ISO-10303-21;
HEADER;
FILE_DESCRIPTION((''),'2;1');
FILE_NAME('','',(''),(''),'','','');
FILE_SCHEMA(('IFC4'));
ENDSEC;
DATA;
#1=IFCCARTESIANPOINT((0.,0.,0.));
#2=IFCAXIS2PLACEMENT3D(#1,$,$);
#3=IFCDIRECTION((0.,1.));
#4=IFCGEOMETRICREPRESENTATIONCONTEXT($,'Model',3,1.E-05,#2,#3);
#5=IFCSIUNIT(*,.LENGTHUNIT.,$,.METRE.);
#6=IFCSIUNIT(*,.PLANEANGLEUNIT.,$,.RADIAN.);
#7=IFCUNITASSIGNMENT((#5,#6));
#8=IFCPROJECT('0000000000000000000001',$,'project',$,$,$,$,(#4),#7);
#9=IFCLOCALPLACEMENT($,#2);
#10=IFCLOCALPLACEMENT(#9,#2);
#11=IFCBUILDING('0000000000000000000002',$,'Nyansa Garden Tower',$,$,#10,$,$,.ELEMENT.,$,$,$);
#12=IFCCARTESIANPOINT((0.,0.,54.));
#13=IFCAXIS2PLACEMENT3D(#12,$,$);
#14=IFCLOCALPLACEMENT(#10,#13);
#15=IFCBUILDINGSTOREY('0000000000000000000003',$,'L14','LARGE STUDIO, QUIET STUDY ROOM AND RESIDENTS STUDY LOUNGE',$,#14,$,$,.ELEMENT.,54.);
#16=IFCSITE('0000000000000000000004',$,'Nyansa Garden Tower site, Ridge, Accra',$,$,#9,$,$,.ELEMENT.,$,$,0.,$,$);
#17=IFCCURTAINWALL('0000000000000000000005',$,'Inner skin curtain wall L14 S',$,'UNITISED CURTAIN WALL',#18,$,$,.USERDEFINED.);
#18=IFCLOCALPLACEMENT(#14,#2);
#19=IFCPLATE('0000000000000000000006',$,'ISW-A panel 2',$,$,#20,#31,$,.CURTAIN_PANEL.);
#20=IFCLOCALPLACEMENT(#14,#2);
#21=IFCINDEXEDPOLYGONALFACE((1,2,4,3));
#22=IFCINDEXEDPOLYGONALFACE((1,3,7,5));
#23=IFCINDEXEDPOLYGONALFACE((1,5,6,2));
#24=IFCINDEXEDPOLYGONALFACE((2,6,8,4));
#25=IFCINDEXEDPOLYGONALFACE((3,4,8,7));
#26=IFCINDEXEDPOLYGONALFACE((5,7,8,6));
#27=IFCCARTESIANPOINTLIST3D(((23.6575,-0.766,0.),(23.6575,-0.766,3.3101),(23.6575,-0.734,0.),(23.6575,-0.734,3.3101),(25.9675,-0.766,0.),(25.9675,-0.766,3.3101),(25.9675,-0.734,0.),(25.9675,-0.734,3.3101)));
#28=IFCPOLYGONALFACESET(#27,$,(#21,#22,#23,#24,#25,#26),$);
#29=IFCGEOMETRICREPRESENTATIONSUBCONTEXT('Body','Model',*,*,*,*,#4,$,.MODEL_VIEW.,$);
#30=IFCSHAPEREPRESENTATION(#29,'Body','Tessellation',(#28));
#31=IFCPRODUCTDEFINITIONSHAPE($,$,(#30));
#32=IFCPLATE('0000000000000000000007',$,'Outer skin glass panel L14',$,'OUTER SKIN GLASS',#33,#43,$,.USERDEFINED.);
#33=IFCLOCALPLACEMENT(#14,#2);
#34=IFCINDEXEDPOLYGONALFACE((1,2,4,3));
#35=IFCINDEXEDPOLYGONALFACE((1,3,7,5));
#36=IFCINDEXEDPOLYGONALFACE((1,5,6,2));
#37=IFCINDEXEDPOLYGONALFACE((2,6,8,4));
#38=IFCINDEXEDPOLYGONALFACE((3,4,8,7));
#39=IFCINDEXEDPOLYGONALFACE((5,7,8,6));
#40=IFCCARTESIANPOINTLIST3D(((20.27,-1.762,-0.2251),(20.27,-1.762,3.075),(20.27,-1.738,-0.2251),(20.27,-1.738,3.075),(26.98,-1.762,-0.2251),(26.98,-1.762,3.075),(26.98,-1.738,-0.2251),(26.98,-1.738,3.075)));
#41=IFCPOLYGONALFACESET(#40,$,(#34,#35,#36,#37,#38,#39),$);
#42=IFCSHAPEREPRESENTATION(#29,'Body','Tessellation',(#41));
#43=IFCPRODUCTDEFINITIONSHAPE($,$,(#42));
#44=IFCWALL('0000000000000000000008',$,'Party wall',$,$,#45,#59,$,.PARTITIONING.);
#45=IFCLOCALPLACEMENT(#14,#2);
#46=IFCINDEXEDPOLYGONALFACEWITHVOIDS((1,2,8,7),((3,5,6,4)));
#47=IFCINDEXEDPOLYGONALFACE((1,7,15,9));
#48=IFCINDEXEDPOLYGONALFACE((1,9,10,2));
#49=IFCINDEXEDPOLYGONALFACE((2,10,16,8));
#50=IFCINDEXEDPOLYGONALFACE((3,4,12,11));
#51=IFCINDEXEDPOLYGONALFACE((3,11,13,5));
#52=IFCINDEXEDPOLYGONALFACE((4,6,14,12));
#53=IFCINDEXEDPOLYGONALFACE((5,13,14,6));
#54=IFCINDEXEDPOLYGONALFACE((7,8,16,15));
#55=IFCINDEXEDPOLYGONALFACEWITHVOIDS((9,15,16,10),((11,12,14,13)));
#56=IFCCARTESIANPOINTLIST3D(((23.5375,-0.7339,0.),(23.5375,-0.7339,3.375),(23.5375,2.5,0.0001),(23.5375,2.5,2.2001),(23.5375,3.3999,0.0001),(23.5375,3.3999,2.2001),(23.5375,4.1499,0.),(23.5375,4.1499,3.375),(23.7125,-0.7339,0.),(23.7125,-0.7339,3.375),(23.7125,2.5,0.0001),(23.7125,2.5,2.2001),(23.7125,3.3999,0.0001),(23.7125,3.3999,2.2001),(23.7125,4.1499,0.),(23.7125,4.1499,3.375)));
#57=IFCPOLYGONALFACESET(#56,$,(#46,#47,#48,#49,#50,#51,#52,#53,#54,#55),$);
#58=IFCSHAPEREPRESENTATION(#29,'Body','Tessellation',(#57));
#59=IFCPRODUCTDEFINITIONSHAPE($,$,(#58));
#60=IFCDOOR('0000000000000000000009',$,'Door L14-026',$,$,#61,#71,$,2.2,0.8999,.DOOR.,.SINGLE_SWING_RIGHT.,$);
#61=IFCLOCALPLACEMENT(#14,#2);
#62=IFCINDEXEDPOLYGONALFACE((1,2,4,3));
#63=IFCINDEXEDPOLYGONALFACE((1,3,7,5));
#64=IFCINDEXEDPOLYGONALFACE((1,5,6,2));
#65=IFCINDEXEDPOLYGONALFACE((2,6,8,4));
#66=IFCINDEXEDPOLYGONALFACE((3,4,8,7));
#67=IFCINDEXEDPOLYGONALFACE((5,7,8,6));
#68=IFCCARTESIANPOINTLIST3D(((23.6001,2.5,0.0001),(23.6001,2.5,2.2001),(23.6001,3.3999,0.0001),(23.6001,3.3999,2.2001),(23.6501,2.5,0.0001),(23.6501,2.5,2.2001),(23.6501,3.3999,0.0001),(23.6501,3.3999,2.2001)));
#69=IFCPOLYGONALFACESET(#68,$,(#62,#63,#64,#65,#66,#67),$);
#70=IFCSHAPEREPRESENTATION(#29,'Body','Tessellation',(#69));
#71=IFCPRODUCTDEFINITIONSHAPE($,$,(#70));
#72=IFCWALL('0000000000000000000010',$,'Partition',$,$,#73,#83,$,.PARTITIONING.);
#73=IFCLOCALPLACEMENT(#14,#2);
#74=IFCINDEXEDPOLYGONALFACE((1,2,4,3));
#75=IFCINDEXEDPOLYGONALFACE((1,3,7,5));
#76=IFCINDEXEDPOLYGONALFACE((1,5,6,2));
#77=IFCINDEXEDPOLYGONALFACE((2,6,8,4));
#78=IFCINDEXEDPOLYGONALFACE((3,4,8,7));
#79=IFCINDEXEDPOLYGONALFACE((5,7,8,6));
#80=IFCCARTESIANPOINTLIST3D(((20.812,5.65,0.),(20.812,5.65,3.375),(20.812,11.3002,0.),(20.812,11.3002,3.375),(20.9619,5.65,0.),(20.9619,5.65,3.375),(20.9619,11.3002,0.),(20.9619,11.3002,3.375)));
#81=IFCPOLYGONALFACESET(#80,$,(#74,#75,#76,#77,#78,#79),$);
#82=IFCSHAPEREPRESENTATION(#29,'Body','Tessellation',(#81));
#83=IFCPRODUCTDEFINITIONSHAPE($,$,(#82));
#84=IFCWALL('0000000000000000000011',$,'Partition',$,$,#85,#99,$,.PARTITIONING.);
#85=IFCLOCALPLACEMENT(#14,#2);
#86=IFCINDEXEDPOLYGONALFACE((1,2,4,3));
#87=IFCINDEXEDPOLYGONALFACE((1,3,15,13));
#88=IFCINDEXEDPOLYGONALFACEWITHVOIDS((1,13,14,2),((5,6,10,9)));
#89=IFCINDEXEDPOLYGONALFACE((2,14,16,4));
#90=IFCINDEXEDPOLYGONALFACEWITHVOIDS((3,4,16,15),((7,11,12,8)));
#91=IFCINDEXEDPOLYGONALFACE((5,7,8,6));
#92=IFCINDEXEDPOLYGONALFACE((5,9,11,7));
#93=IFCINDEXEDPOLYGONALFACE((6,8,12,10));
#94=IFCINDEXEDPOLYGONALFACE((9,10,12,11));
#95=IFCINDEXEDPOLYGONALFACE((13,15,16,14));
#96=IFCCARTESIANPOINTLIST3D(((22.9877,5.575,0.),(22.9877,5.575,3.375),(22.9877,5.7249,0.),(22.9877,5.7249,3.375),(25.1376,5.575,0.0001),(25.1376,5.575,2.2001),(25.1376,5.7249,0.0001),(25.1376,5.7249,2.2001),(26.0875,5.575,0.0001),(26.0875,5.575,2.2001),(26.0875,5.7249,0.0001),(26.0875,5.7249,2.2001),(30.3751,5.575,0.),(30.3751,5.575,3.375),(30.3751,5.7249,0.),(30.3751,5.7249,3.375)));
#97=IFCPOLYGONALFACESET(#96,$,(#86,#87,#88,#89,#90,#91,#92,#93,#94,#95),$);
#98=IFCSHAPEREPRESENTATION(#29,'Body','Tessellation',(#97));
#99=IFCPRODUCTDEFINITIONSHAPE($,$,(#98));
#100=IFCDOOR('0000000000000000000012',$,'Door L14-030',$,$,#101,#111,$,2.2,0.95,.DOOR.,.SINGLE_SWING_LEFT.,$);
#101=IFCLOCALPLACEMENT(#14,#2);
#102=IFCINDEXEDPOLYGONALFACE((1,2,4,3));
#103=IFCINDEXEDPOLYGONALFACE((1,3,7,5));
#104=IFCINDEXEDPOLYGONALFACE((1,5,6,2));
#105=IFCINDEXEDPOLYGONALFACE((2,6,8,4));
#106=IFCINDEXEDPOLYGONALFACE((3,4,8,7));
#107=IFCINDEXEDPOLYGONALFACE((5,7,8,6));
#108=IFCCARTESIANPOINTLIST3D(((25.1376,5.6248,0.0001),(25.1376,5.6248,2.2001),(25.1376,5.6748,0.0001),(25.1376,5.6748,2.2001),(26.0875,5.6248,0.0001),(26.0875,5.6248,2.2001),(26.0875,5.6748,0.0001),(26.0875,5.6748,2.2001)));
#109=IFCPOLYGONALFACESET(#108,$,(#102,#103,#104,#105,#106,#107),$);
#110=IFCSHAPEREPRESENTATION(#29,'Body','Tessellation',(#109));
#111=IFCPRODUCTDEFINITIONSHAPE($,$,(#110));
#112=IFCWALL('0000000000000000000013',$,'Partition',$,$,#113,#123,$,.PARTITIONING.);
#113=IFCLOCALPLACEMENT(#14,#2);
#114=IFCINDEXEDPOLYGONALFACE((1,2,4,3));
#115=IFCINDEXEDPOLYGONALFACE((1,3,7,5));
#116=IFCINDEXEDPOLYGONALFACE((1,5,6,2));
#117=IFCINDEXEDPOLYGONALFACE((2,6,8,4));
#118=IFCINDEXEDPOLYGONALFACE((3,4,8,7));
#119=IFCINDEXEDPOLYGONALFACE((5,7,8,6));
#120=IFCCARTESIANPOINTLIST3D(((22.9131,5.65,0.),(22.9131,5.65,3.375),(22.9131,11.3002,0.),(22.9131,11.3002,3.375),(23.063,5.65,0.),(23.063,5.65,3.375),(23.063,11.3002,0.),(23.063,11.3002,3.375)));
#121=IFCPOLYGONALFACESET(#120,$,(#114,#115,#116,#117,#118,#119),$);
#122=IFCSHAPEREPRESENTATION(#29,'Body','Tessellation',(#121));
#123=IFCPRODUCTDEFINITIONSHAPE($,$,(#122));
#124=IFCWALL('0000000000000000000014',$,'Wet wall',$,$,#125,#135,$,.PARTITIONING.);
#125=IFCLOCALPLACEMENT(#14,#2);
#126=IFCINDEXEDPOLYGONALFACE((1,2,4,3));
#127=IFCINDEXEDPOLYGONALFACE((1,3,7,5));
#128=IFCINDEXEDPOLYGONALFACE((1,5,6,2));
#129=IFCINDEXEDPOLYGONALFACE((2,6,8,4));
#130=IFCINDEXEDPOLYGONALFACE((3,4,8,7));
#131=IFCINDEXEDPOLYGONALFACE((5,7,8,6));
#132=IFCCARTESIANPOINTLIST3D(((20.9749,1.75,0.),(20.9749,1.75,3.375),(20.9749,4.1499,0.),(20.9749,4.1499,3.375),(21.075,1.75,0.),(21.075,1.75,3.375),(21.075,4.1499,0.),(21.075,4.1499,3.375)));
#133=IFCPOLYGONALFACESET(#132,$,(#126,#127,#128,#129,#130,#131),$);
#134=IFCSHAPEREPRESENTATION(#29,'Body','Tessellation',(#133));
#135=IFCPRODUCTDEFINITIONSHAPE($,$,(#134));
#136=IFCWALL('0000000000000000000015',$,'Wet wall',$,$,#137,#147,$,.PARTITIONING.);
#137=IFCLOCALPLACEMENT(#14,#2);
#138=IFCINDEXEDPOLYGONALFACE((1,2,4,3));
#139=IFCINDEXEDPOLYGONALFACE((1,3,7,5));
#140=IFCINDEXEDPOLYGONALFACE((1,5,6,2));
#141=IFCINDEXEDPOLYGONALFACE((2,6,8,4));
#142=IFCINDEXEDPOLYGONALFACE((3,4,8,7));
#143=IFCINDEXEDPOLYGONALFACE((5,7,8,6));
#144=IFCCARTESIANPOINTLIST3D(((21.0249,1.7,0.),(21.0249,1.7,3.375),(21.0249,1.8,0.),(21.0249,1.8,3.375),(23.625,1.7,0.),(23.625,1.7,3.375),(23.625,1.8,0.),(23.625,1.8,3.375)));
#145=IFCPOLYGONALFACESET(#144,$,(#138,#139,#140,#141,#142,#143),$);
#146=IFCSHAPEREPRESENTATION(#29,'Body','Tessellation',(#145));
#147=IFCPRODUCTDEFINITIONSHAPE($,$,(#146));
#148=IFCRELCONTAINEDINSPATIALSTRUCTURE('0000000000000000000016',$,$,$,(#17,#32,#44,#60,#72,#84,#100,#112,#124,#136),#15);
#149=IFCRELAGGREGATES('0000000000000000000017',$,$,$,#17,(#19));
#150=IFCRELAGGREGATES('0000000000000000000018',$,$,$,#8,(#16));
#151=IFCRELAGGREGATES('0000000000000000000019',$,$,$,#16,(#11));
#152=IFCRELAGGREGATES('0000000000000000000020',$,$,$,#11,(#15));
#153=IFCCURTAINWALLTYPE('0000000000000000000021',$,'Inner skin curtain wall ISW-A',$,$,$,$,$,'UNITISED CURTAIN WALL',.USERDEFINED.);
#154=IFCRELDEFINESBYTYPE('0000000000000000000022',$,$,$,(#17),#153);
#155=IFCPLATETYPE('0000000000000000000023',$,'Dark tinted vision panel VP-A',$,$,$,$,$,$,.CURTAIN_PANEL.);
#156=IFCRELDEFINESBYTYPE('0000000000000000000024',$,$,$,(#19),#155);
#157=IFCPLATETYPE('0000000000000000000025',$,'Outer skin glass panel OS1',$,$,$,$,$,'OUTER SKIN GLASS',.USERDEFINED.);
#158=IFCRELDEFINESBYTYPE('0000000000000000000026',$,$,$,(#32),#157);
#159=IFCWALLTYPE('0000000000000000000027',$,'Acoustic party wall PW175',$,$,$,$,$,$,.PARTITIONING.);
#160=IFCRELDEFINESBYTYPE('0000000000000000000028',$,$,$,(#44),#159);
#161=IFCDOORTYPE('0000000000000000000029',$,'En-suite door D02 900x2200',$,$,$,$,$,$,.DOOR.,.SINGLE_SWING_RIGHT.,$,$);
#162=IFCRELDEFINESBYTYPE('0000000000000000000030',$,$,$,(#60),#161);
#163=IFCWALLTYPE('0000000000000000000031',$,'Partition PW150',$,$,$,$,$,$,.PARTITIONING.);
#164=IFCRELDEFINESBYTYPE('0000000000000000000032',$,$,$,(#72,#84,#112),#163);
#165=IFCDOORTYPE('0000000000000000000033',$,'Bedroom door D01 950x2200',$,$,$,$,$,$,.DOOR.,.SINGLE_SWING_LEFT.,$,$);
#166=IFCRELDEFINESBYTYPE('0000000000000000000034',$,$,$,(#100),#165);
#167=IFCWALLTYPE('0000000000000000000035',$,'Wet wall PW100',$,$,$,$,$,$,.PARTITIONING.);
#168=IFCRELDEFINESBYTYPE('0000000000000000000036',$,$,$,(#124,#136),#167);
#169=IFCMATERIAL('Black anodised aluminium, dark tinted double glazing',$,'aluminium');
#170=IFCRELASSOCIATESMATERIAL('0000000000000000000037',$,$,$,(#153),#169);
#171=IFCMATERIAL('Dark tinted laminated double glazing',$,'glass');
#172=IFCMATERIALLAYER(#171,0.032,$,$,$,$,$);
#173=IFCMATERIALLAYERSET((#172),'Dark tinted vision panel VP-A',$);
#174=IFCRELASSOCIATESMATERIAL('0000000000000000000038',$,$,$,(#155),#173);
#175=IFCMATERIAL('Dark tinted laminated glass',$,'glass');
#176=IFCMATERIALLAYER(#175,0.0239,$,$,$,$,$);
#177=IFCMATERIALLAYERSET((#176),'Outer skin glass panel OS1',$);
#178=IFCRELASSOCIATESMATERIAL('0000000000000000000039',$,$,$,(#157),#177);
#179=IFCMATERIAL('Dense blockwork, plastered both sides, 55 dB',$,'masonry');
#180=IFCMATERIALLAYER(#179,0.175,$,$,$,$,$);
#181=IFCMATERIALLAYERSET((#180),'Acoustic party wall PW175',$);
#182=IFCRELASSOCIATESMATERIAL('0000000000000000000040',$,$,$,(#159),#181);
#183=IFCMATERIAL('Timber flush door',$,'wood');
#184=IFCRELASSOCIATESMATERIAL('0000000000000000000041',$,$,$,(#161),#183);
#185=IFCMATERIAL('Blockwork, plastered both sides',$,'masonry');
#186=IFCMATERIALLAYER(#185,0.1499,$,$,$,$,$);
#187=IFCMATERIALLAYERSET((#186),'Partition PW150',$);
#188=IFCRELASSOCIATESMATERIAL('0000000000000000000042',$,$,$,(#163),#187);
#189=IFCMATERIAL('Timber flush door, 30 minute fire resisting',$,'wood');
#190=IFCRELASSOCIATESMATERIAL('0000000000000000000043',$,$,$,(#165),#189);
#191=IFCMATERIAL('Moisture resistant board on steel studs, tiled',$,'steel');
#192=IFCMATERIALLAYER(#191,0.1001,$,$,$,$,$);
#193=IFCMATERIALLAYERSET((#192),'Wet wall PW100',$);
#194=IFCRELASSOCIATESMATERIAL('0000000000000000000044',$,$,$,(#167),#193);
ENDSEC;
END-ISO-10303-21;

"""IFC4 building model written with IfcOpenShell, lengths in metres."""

from ifc_helpers import new_model, si_unit, direction, frame, frame_2d, origin, origin_2d, place, context, subcontext, project, spatial, rectangle, extrude, material, layer, layer_set, type_object, element, fill, aggregate, save


model = new_model("IFC4")

# Units and contexts
model_context = context("Model", 3, precision=1e-05, world=origin(), true_north=direction((0.0, 1.0)))
body_context = subcontext(model_context, "Body", "Model", "MODEL_VIEW")
ifc_project = project(units=[si_unit("LENGTHUNIT", "METRE"), si_unit("PLANEANGLEUNIT", "RADIAN")], contexts=[model_context])

# Site, building, storey
site_placement = place(None, origin())
site = spatial("IfcSite", under=ifc_project, at=site_placement, Name="Nyansa Garden Tower site, Ridge, Accra", CompositionType="ELEMENT", RefElevation=0.0)
building_placement = place(site_placement, origin())
building = spatial("IfcBuilding", under=site, at=building_placement, Name="Nyansa Garden Tower", CompositionType="ELEMENT")
storey_placement = place(building_placement, frame((0.0, 0.0, 54.0)))
storey = spatial("IfcBuildingStorey", under=building, at=storey_placement, Name="L14", Description="LARGE STUDIO, QUIET STUDY ROOM AND RESIDENTS STUDY LOUNGE", CompositionType="ELEMENT", Elevation=54.0)

# Curtain wall
ifc_material_1 = material(Name="Black anodised aluminium, dark tinted double glazing", Category="aluminium")
curtain_wall_type = type_object("IfcCurtainWallType", Name="Inner skin curtain wall ISW-A", ElementType="UNITISED CURTAIN WALL", PredefinedType="USERDEFINED", material=ifc_material_1)
curtain_wall_placement = place(storey_placement, origin())
curtain_wall = element("IfcCurtainWall", 1, at=curtain_wall_placement, inside=storey, type_object=curtain_wall_type, Name="Inner skin curtain wall L14 S", ObjectType="UNITISED CURTAIN WALL", PredefinedType="USERDEFINED")

# Plates
ifc_material_2 = material(Name="Dark tinted laminated double glazing", Category="glass")
ifc_layer_1 = layer(ifc_material_2, 0.032)
ifc_layer_set_1 = layer_set([ifc_layer_1], Name="Dark tinted vision panel VP-A")
plate_type_1 = type_object("IfcPlateType", Name="Dark tinted vision panel VP-A", PredefinedType="CURTAIN_PANEL", material=ifc_layer_set_1)
plate_1_placement = place(storey_placement, frame((24.8125, -0.75, 0.0), z_axis=(0.0, 0.0, 1.0), x_axis=(1.0, 0.0, 0.0)))
plate_1 = element("IfcPlate", 2, at=plate_1_placement, type_object=plate_type_1, Name="ISW-A panel 2", PredefinedType="CURTAIN_PANEL", context=body_context, shape_type="SweptSolid", body=[
    extrude(rectangle(XDim=2.3101, YDim=0.032, at=origin_2d()), origin(), (0.0, 0.0, 1.0), 3.3101),
])
aggregate(curtain_wall, [plate_1])
ifc_material_3 = material(Name="Dark tinted laminated glass", Category="glass")
ifc_layer_2 = layer(ifc_material_3, 0.0239)
ifc_layer_set_2 = layer_set([ifc_layer_2], Name="Outer skin glass panel OS1")
plate_type_2 = type_object("IfcPlateType", Name="Outer skin glass panel OS1", ElementType="OUTER SKIN GLASS", PredefinedType="USERDEFINED", material=ifc_layer_set_2)
plate_2_placement = place(storey_placement, frame((23.625, -1.75, -0.2251), z_axis=(0.0, 0.0, 1.0), x_axis=(1.0, 0.0, 0.0)))
element("IfcPlate", 3, at=plate_2_placement, inside=storey, type_object=plate_type_2, Name="Outer skin glass panel L14", ObjectType="OUTER SKIN GLASS", PredefinedType="USERDEFINED", context=body_context, shape_type="SweptSolid", body=[
    extrude(rectangle(XDim=6.71, YDim=0.0239, at=origin_2d()), origin(), (0.0, 0.0, 1.0), 3.3),
])

# Wall, opening, door
ifc_material_4 = material(Name="Dense blockwork, plastered both sides, 55 dB", Category="masonry")
ifc_layer_3 = layer(ifc_material_4, 0.175)
ifc_layer_set_3 = layer_set([ifc_layer_3], Name="Acoustic party wall PW175")
wall_type_1 = type_object("IfcWallType", Name="Acoustic party wall PW175", PredefinedType="PARTITIONING", material=ifc_layer_set_3)
wall_1_placement = place(storey_placement, frame((23.625, -0.7339, 0.0), z_axis=(0.0, 0.0, 1.0), x_axis=(0.0, 1.0, 0.0)))
wall_1 = element("IfcWall", 4, at=wall_1_placement, inside=storey, type_object=wall_type_1, Name="Party wall", PredefinedType="PARTITIONING", context=body_context, shape_type="SweptSolid", body=[
    extrude(rectangle(XDim=4.8838, YDim=0.175, at=frame_2d((2.4419, 0.0))), origin(), (0.0, 0.0, 1.0), 3.375),
])
opening_1_placement = place(wall_1_placement, frame((3.2339, 0.0, 0.0)))
opening_1 = element("IfcOpeningElement", 5, at=opening_1_placement, cuts=wall_1, PredefinedType="OPENING", context=body_context, shape_type="SweptSolid", body=[
    extrude(rectangle(XDim=0.8999, YDim=2.2, at=frame_2d((0.45, 1.1001))), frame((0.0, 0.0974, 0.0), z_axis=(0.0, -1.0, 0.0), x_axis=(1.0, 0.0, 0.0)), (0.0, 0.0, 1.0), 0.1951),
])
ifc_material_5 = material(Name="Timber flush door", Category="wood")
door_type_1 = type_object("IfcDoorType", Name="En-suite door D02 900x2200", OperationType="SINGLE_SWING_RIGHT", PredefinedType="DOOR", material=ifc_material_5)
door_1_placement = place(opening_1_placement, origin())
door_1 = element("IfcDoor", 6, at=door_1_placement, inside=storey, type_object=door_type_1, Name="Door L14-026", OperationType="SINGLE_SWING_RIGHT", OverallHeight=2.2, OverallWidth=0.8999, PredefinedType="DOOR", context=body_context, shape_type="SweptSolid", body=[
    extrude(rectangle(XDim=0.8999, YDim=2.2, at=frame_2d((0.45, 1.1001))), frame((0.0, 0.0249, 0.0), z_axis=(0.0, -1.0, 0.0), x_axis=(1.0, 0.0, 0.0)), (0.0, 0.0, 1.0), 0.05),
])
fill(opening_1, door_1)

# Wall
ifc_material_6 = material(Name="Blockwork, plastered both sides", Category="masonry")
ifc_layer_4 = layer(ifc_material_6, 0.1499)
ifc_layer_set_4 = layer_set([ifc_layer_4], Name="Partition PW150")
wall_type_2 = type_object("IfcWallType", Name="Partition PW150", PredefinedType="PARTITIONING", material=ifc_layer_set_4)
wall_2_placement = place(storey_placement, frame((20.887, 5.6499, 0.0), z_axis=(0.0, 0.0, 1.0), x_axis=(0.0, 1.0, 0.0)))
element("IfcWall", 7, at=wall_2_placement, inside=storey, type_object=wall_type_2, Name="Partition", PredefinedType="PARTITIONING", context=body_context, shape_type="SweptSolid", body=[
    extrude(rectangle(XDim=5.6501, YDim=0.1499, at=frame_2d((2.8252, 0.0))), origin(), (0.0, 0.0, 1.0), 3.375),
])

# Wall, opening, door
wall_3_placement = place(storey_placement, frame((22.9875, 5.6499, 0.0), z_axis=(0.0, 0.0, 1.0), x_axis=(1.0, 0.0, 0.0)))
wall_3 = element("IfcWall", 8, at=wall_3_placement, inside=storey, type_object=wall_type_2, Name="Partition", PredefinedType="PARTITIONING", context=body_context, shape_type="SweptSolid", body=[
    extrude(rectangle(XDim=7.3875, YDim=0.1499, at=frame_2d((3.6938, 0.0))), origin(), (0.0, 0.0, 1.0), 3.375),
])
opening_2_placement = place(wall_3_placement, frame((2.1499, 0.0, 0.0)))
opening_2 = element("IfcOpeningElement", 9, at=opening_2_placement, cuts=wall_3, PredefinedType="OPENING", context=body_context, shape_type="SweptSolid", body=[
    extrude(rectangle(XDim=0.95, YDim=2.2, at=frame_2d((0.4751, 1.1001))), frame((0.0, 0.085, 0.0), z_axis=(0.0, -1.0, 0.0), x_axis=(1.0, 0.0, 0.0)), (0.0, 0.0, 1.0), 0.1699),
])
ifc_material_7 = material(Name="Timber flush door, 30 minute fire resisting", Category="wood")
door_type_2 = type_object("IfcDoorType", Name="Bedroom door D01 950x2200", OperationType="SINGLE_SWING_LEFT", PredefinedType="DOOR", material=ifc_material_7)
door_2_placement = place(opening_2_placement, origin())
door_2 = element("IfcDoor", 10, at=door_2_placement, inside=storey, type_object=door_type_2, Name="Door L14-030", OperationType="SINGLE_SWING_LEFT", OverallHeight=2.2, OverallWidth=0.95, PredefinedType="DOOR", context=body_context, shape_type="SweptSolid", body=[
    extrude(rectangle(XDim=0.95, YDim=2.2, at=frame_2d((0.4751, 1.1001))), frame((0.0, 0.0249, 0.0), z_axis=(0.0, -1.0, 0.0), x_axis=(1.0, 0.0, 0.0)), (0.0, 0.0, 1.0), 0.05),
])
fill(opening_2, door_2)

# Walls
wall_4_placement = place(storey_placement, frame((22.988, 5.6499, 0.0), z_axis=(0.0, 0.0, 1.0), x_axis=(0.0, 1.0, 0.0)))
element("IfcWall", 11, at=wall_4_placement, inside=storey, type_object=wall_type_2, Name="Partition", PredefinedType="PARTITIONING", context=body_context, shape_type="SweptSolid", body=[
    extrude(rectangle(XDim=5.6501, YDim=0.1499, at=frame_2d((2.8252, 0.0))), origin(), (0.0, 0.0, 1.0), 3.375),
])
ifc_material_8 = material(Name="Moisture resistant board on steel studs, tiled", Category="steel")
ifc_layer_5 = layer(ifc_material_8, 0.1001)
ifc_layer_set_5 = layer_set([ifc_layer_5], Name="Wet wall PW100")
wall_type_3 = type_object("IfcWallType", Name="Wet wall PW100", PredefinedType="PARTITIONING", material=ifc_layer_set_5)
wall_5_placement = place(storey_placement, frame((21.0249, 1.75, 0.0), z_axis=(0.0, 0.0, 1.0), x_axis=(0.0, 1.0, 0.0)))
element("IfcWall", 12, at=wall_5_placement, inside=storey, type_object=wall_type_3, Name="Wet wall", PredefinedType="PARTITIONING", context=body_context, shape_type="SweptSolid", body=[
    extrude(rectangle(XDim=2.3999, YDim=0.1001, at=frame_2d((1.2, 0.0))), origin(), (0.0, 0.0, 1.0), 3.375),
])
wall_6_placement = place(storey_placement, frame((21.0249, 1.75, 0.0), z_axis=(0.0, 0.0, 1.0), x_axis=(1.0, 0.0, 0.0)))
element("IfcWall", 13, at=wall_6_placement, inside=storey, type_object=wall_type_3, Name="Wet wall", PredefinedType="PARTITIONING", context=body_context, shape_type="SweptSolid", body=[
    extrude(rectangle(XDim=2.6001, YDim=0.1001, at=frame_2d((1.3, 0.0))), origin(), (0.0, 0.0, 1.0), 3.375),
])

save(model, "model.ifc")
